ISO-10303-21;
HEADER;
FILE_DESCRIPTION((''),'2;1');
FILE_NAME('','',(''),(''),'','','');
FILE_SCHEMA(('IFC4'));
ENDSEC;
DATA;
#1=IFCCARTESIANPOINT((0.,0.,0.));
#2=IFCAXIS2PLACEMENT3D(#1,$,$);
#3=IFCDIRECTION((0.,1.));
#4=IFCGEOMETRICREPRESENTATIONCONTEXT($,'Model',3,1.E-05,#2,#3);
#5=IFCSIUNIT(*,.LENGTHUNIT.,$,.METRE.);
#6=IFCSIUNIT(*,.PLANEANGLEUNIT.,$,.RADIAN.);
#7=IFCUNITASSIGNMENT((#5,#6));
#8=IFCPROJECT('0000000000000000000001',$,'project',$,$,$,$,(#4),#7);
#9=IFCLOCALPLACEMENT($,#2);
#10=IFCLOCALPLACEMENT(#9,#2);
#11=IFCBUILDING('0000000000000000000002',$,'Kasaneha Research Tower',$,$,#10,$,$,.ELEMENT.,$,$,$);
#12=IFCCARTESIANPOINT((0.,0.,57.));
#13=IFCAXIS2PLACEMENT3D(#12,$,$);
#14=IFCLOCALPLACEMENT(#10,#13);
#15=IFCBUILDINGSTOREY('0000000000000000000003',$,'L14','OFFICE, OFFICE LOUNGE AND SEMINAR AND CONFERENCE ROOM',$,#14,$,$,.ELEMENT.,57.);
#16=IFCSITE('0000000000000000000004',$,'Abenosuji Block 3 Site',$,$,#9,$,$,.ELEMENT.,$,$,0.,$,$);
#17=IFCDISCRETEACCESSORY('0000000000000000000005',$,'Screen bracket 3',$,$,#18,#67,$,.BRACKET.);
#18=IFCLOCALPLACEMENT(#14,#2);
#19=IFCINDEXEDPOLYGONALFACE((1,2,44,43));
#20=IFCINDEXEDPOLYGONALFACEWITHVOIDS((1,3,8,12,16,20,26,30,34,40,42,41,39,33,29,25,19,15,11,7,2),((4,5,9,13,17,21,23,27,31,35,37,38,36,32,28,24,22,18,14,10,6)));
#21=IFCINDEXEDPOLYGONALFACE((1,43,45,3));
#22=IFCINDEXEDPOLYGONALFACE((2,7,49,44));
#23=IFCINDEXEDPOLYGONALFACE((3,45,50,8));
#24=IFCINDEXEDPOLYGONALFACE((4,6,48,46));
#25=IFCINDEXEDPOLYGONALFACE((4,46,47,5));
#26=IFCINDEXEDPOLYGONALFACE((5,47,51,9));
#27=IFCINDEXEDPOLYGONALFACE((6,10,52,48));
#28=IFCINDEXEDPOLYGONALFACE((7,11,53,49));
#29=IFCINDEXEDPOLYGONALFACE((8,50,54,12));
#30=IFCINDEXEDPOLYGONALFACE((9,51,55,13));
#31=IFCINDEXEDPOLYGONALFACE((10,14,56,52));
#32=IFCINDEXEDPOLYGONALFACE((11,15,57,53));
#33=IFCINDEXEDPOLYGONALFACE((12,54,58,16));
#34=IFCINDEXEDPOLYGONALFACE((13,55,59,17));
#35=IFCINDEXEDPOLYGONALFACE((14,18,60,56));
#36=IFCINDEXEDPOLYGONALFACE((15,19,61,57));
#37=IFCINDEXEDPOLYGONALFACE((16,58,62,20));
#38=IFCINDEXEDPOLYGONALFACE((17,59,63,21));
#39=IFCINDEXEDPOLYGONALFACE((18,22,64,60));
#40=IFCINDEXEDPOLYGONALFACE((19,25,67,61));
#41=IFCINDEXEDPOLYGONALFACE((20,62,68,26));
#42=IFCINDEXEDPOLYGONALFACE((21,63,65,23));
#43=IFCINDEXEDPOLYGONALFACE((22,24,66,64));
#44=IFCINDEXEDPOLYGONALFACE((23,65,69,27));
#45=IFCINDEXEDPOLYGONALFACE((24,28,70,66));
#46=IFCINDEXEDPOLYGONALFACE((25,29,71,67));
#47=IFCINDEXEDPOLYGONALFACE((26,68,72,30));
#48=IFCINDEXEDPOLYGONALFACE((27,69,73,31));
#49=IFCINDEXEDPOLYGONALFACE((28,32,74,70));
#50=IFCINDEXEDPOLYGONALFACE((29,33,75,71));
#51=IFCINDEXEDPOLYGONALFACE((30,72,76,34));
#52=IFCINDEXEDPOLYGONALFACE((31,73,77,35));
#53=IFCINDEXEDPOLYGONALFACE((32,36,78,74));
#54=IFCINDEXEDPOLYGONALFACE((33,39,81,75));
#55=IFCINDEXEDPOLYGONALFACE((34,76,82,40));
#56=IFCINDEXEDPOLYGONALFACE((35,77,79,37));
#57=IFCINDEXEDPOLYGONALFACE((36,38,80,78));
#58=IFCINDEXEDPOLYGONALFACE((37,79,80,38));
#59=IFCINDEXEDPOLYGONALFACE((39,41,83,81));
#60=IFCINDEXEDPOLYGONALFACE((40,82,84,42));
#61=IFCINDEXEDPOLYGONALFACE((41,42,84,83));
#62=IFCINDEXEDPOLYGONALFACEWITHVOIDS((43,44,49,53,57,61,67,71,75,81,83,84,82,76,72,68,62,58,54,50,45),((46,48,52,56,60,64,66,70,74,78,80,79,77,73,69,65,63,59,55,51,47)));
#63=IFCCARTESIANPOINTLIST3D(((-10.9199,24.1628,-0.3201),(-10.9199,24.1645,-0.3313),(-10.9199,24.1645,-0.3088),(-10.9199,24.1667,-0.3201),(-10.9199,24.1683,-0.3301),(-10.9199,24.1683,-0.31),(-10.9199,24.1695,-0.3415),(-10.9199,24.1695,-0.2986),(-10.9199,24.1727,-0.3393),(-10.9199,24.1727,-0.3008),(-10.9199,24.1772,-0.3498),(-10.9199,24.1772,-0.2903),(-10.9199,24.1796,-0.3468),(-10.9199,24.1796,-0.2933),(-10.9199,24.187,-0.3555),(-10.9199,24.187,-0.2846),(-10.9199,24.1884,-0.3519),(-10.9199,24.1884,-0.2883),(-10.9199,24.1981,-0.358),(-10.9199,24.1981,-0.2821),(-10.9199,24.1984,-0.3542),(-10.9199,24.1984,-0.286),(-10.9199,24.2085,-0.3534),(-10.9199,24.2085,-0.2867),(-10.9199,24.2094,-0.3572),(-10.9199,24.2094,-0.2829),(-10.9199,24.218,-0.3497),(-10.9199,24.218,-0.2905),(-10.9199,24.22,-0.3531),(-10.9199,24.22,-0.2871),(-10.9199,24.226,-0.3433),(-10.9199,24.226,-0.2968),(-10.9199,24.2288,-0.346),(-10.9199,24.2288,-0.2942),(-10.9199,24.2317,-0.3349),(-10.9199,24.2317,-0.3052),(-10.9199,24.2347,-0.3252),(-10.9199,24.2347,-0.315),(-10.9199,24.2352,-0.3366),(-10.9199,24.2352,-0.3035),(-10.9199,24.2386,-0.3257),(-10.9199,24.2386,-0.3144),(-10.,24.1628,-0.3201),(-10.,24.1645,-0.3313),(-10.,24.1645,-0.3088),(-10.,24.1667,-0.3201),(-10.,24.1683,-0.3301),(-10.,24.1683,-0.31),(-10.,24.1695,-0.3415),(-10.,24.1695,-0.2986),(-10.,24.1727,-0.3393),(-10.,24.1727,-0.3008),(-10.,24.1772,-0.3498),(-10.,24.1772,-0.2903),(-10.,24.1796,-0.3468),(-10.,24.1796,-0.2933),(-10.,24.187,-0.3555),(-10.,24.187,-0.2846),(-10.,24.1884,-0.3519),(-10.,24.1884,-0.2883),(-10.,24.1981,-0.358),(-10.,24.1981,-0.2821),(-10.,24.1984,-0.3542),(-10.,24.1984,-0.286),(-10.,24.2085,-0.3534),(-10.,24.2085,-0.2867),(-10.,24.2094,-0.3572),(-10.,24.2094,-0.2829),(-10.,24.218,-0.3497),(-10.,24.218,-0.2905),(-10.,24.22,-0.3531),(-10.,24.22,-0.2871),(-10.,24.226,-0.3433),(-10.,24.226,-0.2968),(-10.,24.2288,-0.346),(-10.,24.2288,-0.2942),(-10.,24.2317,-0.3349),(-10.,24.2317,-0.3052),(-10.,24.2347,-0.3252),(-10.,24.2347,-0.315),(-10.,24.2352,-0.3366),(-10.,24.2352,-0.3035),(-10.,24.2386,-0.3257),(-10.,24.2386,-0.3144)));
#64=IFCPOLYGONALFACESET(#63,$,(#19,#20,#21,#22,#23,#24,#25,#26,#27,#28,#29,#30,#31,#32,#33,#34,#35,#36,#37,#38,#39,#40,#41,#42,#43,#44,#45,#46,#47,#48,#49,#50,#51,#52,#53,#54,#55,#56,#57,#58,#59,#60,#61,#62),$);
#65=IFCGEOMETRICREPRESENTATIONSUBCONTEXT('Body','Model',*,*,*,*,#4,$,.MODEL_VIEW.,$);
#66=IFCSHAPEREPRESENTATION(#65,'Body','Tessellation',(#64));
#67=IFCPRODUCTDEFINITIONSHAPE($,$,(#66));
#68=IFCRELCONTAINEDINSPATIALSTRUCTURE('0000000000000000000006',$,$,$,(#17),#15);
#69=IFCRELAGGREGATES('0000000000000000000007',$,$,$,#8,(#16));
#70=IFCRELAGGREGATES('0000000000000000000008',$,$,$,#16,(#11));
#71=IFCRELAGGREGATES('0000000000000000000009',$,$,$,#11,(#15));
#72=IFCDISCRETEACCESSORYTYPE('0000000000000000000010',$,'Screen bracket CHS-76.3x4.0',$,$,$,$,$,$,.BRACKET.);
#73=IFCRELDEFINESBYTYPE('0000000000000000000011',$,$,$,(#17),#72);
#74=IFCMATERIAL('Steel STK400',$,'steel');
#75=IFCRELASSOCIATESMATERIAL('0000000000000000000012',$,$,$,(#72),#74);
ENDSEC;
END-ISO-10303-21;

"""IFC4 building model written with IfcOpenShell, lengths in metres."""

from ifc_helpers import new_model, si_unit, direction, frame, origin, origin_2d, place, context, subcontext, project, spatial, hollow_circle, extrude, material, material_profile, profile_set, type_object, element, save


model = new_model("IFC4")

# Units and contexts
model_context = context("Model", 3, precision=1e-05, world=origin(), true_north=direction((0.0, 1.0)))
body_context = subcontext(model_context, "Body", "Model", "MODEL_VIEW")
ifc_project = project(units=[si_unit("LENGTHUNIT", "METRE"), si_unit("PLANEANGLEUNIT", "RADIAN")], contexts=[model_context])

# Site, building, storey
site_placement = place(None, origin())
site = spatial("IfcSite", under=ifc_project, at=site_placement, Name="Abenosuji Block 3 Site", CompositionType="ELEMENT", RefElevation=0.0)
building_placement = place(site_placement, origin())
building = spatial("IfcBuilding", under=site, at=building_placement, Name="Kasaneha Research Tower", CompositionType="ELEMENT")
storey_placement = place(building_placement, frame((0.0, 0.0, 57.0)))
storey = spatial("IfcBuildingStorey", under=building, at=storey_placement, Name="L14", Description="OFFICE, OFFICE LOUNGE AND SEMINAR AND CONFERENCE ROOM", CompositionType="ELEMENT", Elevation=57.0)

# Discrete accessory
ifc_material_1 = material(Name="Steel STK400", Category="steel")
ifc_material_profile_1 = material_profile(ifc_material_1, hollow_circle(Radius=0.0381, WallThickness=0.0039, at=origin_2d()), Name="CHS-76.3x4.0")
ifc_profile_set_1 = profile_set([ifc_material_profile_1], Name="Steel STK400")
discrete_accessory_type = type_object("IfcDiscreteAccessoryType", Name="Screen bracket CHS-76.3x4.0", PredefinedType="BRACKET", material=ifc_profile_set_1)
for number, where, z_axis, x_axis, name in (
    (1, (-10.0, 24.2009, -0.3201), (-1.0, 0.0, 0.0), (0.0, -1.0, 0.0), "Screen bracket 3"),
):
    element("IfcDiscreteAccessory", number, at=place(storey_placement, frame(where, z_axis=z_axis, x_axis=x_axis)), inside=storey, type_object=discrete_accessory_type, Name=name, PredefinedType="BRACKET", context=body_context, shape_type="SweptSolid", body=[
        extrude(hollow_circle(Radius=0.0381, WallThickness=0.0039, at=origin_2d()), origin(), (0.0, 0.0, 1.0), 0.9199),
    ])

save(model, "model.ifc")
